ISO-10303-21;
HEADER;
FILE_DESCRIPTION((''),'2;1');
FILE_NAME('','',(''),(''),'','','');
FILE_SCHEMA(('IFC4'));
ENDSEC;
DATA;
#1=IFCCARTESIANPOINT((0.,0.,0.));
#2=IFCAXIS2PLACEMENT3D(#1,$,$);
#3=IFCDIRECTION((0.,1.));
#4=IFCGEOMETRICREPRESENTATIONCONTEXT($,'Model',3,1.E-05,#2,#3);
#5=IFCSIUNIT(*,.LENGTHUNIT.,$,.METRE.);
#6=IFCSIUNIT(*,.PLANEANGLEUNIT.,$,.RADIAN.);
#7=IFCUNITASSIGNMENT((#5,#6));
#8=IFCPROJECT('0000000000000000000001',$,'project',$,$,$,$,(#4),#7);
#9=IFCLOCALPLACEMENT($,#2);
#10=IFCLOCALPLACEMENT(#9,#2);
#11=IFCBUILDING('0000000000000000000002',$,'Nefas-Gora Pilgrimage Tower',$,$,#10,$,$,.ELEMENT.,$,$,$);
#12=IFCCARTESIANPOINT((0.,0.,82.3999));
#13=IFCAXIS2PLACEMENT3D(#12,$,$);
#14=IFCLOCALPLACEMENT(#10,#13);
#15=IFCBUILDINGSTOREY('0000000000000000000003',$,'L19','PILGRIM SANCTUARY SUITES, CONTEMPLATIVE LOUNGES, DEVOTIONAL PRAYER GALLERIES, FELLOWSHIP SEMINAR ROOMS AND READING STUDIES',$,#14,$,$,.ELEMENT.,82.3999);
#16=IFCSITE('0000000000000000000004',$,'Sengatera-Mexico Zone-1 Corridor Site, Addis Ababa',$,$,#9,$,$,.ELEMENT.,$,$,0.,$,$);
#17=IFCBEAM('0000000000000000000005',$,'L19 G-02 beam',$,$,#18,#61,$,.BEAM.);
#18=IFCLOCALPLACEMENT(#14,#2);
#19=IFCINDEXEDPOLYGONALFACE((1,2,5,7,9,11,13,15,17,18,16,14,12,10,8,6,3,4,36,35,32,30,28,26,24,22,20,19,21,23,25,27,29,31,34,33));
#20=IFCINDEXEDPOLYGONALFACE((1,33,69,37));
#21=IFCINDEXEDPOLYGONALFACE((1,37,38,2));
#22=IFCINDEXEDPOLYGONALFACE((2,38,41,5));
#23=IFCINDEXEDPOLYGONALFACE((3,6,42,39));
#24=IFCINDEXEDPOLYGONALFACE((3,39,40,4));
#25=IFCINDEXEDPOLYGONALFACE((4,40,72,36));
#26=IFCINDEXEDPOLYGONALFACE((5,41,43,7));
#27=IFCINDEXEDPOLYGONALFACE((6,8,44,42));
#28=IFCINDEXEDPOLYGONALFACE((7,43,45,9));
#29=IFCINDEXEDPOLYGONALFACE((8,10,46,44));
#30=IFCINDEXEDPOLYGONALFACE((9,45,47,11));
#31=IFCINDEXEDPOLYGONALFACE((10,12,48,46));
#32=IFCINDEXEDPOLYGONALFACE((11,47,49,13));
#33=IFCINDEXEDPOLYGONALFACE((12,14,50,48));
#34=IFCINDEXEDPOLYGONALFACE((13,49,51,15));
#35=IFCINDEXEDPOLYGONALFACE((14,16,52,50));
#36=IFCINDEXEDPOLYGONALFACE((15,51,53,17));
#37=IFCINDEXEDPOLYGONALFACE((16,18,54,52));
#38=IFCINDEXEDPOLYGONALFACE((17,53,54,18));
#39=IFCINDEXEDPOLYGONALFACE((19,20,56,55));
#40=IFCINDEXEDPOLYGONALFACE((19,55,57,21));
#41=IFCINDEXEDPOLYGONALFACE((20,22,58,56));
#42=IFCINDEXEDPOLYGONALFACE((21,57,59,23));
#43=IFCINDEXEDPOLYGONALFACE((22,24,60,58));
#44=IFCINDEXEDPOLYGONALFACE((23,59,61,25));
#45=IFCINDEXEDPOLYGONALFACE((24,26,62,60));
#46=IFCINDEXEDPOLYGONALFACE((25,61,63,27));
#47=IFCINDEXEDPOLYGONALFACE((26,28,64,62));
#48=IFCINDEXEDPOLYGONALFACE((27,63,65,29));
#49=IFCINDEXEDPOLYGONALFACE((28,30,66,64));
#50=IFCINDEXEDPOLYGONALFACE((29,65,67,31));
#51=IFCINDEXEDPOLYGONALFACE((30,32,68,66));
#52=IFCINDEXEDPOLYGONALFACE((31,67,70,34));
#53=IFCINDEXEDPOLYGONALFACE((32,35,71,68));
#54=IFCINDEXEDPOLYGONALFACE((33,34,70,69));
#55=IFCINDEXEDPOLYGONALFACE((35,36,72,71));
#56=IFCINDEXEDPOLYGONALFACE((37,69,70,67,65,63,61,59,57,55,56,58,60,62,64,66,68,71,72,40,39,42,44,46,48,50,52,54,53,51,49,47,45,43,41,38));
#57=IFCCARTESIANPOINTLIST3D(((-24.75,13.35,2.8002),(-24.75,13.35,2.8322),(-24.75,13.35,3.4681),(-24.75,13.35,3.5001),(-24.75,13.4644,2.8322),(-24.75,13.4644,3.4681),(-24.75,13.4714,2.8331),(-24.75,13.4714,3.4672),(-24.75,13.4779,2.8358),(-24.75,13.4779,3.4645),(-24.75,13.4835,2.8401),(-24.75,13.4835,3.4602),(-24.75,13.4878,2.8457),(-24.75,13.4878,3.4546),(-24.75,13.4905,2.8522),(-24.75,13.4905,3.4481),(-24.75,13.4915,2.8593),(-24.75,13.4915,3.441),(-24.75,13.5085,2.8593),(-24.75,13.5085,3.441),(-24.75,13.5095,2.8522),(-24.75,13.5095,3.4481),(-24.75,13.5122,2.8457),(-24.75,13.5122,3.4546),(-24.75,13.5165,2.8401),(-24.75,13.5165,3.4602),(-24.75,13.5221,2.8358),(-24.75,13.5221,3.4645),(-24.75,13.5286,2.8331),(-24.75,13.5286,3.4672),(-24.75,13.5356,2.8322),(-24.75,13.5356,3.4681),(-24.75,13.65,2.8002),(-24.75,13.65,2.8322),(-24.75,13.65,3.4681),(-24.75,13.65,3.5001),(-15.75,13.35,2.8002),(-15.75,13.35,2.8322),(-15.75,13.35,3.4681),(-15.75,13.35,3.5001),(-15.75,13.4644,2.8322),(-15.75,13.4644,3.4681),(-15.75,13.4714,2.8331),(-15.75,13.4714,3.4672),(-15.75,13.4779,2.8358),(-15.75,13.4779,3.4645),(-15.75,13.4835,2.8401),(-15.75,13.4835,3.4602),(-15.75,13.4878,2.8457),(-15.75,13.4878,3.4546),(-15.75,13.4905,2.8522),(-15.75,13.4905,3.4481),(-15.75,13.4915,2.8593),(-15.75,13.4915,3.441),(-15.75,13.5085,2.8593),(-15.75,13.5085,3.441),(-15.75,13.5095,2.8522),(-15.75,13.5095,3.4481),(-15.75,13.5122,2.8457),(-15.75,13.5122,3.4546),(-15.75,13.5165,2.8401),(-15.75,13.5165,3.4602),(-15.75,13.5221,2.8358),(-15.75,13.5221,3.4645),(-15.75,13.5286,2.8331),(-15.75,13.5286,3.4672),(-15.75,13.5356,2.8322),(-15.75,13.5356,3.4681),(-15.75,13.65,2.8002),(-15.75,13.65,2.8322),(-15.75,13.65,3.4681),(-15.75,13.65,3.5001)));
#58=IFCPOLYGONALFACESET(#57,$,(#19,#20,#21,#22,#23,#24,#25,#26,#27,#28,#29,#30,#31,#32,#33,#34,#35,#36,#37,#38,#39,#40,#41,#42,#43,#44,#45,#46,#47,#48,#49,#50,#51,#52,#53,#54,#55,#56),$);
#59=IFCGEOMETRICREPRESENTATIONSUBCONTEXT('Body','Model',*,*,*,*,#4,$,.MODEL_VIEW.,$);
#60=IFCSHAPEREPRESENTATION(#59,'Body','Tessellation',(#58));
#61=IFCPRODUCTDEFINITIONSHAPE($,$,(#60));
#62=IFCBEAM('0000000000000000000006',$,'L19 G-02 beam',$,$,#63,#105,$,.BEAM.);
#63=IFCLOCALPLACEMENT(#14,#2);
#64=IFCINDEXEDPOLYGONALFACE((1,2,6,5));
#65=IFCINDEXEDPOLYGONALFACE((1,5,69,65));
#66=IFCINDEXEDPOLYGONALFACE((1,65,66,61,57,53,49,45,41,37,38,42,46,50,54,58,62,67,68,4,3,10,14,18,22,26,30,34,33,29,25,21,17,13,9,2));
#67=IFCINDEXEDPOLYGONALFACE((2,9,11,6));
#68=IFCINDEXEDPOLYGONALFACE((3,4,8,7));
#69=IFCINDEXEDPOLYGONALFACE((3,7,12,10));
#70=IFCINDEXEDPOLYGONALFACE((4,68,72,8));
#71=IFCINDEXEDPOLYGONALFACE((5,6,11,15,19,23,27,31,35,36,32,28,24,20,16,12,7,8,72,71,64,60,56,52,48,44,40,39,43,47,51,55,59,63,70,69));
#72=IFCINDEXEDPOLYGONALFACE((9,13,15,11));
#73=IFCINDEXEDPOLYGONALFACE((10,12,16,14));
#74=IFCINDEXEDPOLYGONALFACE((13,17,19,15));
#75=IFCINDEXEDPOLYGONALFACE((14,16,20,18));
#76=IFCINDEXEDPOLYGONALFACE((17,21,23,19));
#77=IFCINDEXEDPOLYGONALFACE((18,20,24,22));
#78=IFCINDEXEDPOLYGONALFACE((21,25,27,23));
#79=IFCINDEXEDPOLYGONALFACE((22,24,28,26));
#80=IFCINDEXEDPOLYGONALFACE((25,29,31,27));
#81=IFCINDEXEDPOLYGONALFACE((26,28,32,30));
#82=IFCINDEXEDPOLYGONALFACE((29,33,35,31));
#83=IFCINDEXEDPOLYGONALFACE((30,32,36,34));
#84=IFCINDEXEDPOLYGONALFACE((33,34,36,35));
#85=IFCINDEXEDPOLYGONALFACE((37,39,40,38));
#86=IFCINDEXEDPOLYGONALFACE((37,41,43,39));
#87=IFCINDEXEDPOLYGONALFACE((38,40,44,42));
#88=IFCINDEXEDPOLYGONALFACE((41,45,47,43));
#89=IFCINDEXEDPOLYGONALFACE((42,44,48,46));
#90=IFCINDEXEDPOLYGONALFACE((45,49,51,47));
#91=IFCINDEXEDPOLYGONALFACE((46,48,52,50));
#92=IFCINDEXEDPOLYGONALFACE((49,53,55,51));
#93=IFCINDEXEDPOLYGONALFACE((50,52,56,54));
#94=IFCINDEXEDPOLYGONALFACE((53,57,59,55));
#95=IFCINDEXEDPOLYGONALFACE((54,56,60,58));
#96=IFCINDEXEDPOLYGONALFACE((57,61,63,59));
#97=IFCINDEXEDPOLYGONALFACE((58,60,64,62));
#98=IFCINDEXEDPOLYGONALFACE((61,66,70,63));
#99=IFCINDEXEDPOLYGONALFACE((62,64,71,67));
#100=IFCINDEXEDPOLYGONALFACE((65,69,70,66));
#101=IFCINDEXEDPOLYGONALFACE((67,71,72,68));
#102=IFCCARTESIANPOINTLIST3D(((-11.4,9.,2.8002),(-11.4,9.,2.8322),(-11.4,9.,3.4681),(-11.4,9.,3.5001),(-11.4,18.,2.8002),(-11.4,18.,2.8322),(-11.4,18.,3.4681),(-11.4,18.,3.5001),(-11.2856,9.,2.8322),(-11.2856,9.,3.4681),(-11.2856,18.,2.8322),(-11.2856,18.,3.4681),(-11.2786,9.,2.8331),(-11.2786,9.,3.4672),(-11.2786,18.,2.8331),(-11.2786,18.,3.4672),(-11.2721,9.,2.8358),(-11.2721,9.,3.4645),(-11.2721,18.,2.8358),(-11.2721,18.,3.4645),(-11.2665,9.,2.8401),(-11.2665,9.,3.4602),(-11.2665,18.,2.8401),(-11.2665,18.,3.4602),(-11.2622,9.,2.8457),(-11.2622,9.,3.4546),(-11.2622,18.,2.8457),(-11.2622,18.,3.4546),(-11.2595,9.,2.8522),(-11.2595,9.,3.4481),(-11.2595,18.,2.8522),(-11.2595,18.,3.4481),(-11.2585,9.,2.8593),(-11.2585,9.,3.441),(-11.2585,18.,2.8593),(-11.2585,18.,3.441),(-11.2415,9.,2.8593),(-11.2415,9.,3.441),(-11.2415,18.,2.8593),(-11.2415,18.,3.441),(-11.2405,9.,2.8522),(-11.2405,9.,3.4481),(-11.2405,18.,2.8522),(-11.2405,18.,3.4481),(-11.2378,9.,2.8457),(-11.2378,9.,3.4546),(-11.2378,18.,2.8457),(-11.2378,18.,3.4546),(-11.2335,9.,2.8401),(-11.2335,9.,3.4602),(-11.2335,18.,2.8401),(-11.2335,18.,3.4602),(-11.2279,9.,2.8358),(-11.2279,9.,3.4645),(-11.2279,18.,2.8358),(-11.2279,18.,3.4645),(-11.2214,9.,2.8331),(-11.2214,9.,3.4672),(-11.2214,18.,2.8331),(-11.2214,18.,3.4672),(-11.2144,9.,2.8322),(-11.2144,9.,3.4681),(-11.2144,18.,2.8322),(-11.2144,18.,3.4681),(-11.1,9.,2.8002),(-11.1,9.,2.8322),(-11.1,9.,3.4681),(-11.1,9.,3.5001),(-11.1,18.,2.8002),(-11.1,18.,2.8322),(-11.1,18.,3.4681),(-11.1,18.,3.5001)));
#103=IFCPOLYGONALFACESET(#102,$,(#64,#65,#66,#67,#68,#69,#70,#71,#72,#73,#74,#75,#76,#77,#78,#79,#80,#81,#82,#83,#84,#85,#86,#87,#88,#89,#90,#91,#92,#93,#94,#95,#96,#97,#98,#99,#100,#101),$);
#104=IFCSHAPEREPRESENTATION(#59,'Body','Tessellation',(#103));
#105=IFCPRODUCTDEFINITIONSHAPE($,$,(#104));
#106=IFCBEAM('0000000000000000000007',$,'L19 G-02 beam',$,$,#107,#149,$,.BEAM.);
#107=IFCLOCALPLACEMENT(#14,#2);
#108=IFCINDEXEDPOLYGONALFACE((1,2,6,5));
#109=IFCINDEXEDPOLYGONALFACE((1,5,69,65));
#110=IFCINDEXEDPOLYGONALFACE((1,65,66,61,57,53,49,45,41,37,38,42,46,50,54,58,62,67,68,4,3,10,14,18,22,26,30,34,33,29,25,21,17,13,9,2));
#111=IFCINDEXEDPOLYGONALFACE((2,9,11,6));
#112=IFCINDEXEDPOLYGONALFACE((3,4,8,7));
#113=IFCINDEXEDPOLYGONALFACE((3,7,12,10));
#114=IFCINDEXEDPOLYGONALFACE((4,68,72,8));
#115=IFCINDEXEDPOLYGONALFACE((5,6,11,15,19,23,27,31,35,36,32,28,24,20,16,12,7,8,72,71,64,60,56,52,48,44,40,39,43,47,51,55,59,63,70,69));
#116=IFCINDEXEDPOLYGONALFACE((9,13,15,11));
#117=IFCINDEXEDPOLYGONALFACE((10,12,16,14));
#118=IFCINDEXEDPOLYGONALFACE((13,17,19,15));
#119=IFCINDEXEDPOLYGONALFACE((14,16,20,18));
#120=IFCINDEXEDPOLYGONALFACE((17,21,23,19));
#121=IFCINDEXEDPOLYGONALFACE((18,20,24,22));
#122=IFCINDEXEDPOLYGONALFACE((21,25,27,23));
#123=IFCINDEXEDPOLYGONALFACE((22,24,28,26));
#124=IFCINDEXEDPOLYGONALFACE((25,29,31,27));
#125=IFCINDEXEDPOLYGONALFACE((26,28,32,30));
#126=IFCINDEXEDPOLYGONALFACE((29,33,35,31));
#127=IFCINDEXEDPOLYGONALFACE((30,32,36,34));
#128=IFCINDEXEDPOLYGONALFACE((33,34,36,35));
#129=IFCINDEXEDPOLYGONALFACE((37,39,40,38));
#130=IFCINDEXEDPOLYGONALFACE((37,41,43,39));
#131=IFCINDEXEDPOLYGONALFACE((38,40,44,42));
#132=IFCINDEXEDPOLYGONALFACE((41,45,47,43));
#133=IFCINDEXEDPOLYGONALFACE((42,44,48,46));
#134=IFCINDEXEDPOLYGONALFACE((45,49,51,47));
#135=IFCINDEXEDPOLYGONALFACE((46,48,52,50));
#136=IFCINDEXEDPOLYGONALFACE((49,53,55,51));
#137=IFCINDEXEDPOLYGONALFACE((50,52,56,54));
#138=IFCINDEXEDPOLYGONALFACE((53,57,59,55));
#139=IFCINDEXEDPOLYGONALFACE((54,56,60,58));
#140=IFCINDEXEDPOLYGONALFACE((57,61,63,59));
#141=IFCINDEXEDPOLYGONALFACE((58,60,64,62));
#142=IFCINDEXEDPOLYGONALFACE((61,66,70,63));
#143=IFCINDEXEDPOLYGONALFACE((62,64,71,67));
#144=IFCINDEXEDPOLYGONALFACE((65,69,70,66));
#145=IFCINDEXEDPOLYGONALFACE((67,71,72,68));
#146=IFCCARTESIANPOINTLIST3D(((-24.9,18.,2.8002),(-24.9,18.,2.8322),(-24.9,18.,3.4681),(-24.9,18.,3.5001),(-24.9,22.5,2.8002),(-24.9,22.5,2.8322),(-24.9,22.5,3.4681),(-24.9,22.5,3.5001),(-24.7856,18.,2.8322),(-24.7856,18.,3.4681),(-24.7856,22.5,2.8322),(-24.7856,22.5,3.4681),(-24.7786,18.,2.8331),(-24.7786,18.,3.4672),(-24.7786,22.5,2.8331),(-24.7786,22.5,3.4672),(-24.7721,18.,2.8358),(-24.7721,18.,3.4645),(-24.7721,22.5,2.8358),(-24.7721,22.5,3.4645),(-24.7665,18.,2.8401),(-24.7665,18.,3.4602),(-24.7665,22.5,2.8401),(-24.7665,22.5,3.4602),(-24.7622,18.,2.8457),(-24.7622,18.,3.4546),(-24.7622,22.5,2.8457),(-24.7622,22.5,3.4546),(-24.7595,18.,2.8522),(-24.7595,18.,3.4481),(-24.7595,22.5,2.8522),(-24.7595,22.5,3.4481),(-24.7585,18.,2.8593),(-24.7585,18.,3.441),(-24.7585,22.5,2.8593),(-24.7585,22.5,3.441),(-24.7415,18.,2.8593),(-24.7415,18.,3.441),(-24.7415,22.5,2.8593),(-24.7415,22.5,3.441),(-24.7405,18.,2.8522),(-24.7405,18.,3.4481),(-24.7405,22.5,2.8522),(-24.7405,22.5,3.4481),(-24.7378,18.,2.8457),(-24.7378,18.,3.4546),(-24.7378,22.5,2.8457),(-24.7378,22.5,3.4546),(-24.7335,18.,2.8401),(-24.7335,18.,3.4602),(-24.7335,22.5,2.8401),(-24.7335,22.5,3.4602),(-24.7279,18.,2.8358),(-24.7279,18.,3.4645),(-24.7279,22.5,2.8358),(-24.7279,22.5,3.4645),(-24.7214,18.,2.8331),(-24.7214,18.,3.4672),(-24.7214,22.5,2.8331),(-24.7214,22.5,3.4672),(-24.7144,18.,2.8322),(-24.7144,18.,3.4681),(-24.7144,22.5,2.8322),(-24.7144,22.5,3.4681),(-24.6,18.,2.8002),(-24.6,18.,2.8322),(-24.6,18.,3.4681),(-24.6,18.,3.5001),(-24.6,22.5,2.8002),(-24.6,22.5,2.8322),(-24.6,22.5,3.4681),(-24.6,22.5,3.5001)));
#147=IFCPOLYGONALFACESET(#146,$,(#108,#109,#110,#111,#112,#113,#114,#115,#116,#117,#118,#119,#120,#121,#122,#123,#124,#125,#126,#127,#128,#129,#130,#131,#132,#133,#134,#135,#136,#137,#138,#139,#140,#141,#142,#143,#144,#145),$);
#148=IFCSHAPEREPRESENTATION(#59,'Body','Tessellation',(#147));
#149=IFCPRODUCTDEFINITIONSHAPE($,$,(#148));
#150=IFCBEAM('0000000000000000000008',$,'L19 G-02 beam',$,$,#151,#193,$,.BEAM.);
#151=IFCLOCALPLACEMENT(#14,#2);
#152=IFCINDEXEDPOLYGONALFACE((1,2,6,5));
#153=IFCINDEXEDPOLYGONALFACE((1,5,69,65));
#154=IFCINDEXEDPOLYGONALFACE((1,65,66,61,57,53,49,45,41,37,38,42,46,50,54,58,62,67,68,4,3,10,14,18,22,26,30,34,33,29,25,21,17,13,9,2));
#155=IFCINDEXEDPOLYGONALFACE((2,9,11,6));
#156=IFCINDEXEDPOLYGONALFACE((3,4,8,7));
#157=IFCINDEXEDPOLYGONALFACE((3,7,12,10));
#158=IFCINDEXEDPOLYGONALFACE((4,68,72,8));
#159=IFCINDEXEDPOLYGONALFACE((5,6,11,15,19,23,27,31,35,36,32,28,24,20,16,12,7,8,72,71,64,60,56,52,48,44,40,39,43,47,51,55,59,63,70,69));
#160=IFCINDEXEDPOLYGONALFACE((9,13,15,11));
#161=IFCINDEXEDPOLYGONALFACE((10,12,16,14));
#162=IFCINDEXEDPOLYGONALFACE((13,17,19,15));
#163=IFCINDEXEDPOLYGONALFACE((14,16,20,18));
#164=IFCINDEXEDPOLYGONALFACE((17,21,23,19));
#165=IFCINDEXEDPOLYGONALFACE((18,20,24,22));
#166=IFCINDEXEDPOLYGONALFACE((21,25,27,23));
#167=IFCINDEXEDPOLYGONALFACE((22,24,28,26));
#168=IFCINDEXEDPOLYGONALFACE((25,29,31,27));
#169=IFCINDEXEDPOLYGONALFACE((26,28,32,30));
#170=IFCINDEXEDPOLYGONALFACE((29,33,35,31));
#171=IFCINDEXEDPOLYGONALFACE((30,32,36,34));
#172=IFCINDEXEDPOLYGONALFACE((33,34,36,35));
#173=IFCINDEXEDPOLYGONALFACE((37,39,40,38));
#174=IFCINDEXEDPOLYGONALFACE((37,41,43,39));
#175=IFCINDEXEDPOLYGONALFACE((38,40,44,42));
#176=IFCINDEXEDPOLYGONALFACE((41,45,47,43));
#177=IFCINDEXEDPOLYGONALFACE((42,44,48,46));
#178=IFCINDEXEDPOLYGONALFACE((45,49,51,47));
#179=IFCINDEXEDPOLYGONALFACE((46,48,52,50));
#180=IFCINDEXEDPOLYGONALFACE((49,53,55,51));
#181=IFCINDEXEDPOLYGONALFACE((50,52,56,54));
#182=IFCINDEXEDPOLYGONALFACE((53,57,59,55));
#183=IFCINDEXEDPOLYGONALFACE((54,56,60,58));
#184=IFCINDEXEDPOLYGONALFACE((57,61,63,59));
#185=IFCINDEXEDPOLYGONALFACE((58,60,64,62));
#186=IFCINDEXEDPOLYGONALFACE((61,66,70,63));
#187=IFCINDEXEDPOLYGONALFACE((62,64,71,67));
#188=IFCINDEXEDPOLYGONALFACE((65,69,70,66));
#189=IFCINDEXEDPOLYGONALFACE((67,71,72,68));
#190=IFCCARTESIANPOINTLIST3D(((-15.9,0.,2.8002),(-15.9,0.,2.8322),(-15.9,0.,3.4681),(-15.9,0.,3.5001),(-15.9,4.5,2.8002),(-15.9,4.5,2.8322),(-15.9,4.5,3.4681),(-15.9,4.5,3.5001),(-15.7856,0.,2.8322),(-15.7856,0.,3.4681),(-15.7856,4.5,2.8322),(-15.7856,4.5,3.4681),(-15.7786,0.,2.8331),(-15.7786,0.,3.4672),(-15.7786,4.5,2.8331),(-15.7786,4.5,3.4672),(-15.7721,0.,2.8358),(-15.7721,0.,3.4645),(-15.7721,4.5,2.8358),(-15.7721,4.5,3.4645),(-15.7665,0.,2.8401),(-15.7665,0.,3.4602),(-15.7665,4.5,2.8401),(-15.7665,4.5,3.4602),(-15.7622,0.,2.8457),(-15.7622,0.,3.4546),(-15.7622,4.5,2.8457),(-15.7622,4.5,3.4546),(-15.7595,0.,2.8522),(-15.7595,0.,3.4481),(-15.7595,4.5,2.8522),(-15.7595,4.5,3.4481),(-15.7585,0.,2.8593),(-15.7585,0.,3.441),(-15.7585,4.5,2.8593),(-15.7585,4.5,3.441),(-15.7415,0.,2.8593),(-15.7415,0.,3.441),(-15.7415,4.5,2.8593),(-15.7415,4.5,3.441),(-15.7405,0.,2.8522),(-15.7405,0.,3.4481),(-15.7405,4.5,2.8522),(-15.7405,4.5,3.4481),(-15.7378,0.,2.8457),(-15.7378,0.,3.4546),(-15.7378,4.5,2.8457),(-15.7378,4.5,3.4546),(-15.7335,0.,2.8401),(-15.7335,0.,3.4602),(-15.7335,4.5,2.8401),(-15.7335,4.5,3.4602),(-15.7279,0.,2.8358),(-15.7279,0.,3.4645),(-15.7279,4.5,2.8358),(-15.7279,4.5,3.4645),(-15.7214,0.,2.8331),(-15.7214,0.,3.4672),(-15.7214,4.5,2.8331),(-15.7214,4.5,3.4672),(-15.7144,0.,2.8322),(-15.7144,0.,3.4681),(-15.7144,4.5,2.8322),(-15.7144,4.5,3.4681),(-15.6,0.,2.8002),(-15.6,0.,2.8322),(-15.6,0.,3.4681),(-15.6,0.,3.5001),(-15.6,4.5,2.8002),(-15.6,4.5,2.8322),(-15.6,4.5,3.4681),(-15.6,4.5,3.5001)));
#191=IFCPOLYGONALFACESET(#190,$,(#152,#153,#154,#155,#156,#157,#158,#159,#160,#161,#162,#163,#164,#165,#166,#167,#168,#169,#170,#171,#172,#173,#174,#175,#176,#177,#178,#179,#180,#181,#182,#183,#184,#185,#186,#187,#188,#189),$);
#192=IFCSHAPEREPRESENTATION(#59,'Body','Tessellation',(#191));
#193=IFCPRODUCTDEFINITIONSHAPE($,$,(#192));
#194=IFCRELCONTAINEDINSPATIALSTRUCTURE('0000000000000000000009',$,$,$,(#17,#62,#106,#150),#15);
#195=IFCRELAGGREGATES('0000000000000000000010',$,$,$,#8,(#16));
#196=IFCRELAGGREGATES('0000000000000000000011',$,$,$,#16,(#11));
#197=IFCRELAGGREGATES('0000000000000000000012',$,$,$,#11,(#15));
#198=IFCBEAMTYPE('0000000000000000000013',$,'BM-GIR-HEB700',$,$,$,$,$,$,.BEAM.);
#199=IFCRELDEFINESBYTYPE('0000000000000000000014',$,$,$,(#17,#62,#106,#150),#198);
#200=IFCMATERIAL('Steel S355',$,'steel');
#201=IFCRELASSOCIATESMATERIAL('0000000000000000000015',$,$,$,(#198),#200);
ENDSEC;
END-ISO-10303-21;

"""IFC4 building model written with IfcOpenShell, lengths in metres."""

from ifc_helpers import new_model, si_unit, direction, frame, origin, origin_2d, place, context, subcontext, project, spatial, i_section, extrude, source, transform, mapped, material, material_profile, profile_set, type_object, element, save


model = new_model("IFC4")

# Units and contexts
model_context = context("Model", 3, precision=1e-05, world=origin(), true_north=direction((0.0, 1.0)))
body_context = subcontext(model_context, "Body", "Model", "MODEL_VIEW")
ifc_project = project(units=[si_unit("LENGTHUNIT", "METRE"), si_unit("PLANEANGLEUNIT", "RADIAN")], contexts=[model_context])

# Site, building, storey
site_placement = place(None, origin())
site = spatial("IfcSite", under=ifc_project, at=site_placement, Name="Sengatera-Mexico Zone-1 Corridor Site, Addis Ababa", CompositionType="ELEMENT", RefElevation=0.0)
building_placement = place(site_placement, origin())
building = spatial("IfcBuilding", under=site, at=building_placement, Name="Nefas-Gora Pilgrimage Tower", CompositionType="ELEMENT")
storey_placement = place(building_placement, frame((0.0, 0.0, 82.3999)))
storey = spatial("IfcBuildingStorey", under=building, at=storey_placement, Name="L19", Description="PILGRIM SANCTUARY SUITES, CONTEMPLATIVE LOUNGES, DEVOTIONAL PRAYER GALLERIES, FELLOWSHIP SEMINAR ROOMS AND READING STUDIES", CompositionType="ELEMENT", Elevation=82.3999)

# Beams
ifc_material_1 = material(Name="Steel S355", Category="steel")
ifc_material_profile_1 = material_profile(ifc_material_1, i_section(OverallWidth=0.3, OverallDepth=0.7, WebThickness=0.0171, FlangeThickness=0.032, FilletRadius=0.0271, at=origin_2d()), Name="HEB 700")
ifc_profile_set_1 = profile_set([ifc_material_profile_1], Name="Steel S355")
beam_type_1 = type_object("IfcBeamType", Name="BM-GIR-HEB700", PredefinedType="BEAM", material=ifc_profile_set_1)
shared_shape_1 = source(origin(), body_context, "Body", "SweptSolid", [
    extrude(i_section(OverallWidth=0.3, OverallDepth=0.7, WebThickness=0.0171, FlangeThickness=0.032, FilletRadius=0.0271, at=origin_2d()), origin(), (0.0, 0.0, 1.0), 9.0),
])
for number, where, z_axis, x_axis, name in (
    (1, (-24.75, 13.5, 3.1501), (1.0, 0.0, 0.0), (0.0, 1.0, 0.0), "L19 G-02 beam"),
    (2, (-11.25, 9.0, 3.1501), (0.0, 1.0, 0.0), (-1.0, 0.0, 0.0), "L19 G-02 beam"),
):
    element("IfcBeam", number, at=place(storey_placement, frame(where, z_axis=z_axis, x_axis=x_axis)), inside=storey, type_object=beam_type_1, Name=name, PredefinedType="BEAM", context=body_context, shape_type="MappedRepresentation", body=[
        mapped(shared_shape_1, transform((0.0, 0.0, 0.0), x_axis=(1.0, 0.0, 0.0), y_axis=(0.0, 1.0, 0.0), z_axis=(0.0, 0.0, 1.0), scale=1.0)),
    ])
shared_shape_2 = source(origin(), body_context, "Body", "SweptSolid", [
    extrude(i_section(OverallWidth=0.3, OverallDepth=0.7, WebThickness=0.0171, FlangeThickness=0.032, FilletRadius=0.0271, at=origin_2d()), origin(), (0.0, 0.0, 1.0), 4.5),
])
for number, where, z_axis, x_axis, name in (
    (3, (-24.75, 18.0, 3.1501), (0.0, 1.0, 0.0), (-1.0, 0.0, 0.0), "L19 G-02 beam"),
    (4, (-15.75, 0.0, 3.1501), (0.0, 1.0, 0.0), (-1.0, 0.0, 0.0), "L19 G-02 beam"),
):
    element("IfcBeam", number, at=place(storey_placement, frame(where, z_axis=z_axis, x_axis=x_axis)), inside=storey, type_object=beam_type_1, Name=name, PredefinedType="BEAM", context=body_context, shape_type="MappedRepresentation", body=[
        mapped(shared_shape_2, transform((0.0, 0.0, 0.0), x_axis=(1.0, 0.0, 0.0), y_axis=(0.0, 1.0, 0.0), z_axis=(0.0, 0.0, 1.0), scale=1.0)),
    ])

save(model, "model.ifc")
